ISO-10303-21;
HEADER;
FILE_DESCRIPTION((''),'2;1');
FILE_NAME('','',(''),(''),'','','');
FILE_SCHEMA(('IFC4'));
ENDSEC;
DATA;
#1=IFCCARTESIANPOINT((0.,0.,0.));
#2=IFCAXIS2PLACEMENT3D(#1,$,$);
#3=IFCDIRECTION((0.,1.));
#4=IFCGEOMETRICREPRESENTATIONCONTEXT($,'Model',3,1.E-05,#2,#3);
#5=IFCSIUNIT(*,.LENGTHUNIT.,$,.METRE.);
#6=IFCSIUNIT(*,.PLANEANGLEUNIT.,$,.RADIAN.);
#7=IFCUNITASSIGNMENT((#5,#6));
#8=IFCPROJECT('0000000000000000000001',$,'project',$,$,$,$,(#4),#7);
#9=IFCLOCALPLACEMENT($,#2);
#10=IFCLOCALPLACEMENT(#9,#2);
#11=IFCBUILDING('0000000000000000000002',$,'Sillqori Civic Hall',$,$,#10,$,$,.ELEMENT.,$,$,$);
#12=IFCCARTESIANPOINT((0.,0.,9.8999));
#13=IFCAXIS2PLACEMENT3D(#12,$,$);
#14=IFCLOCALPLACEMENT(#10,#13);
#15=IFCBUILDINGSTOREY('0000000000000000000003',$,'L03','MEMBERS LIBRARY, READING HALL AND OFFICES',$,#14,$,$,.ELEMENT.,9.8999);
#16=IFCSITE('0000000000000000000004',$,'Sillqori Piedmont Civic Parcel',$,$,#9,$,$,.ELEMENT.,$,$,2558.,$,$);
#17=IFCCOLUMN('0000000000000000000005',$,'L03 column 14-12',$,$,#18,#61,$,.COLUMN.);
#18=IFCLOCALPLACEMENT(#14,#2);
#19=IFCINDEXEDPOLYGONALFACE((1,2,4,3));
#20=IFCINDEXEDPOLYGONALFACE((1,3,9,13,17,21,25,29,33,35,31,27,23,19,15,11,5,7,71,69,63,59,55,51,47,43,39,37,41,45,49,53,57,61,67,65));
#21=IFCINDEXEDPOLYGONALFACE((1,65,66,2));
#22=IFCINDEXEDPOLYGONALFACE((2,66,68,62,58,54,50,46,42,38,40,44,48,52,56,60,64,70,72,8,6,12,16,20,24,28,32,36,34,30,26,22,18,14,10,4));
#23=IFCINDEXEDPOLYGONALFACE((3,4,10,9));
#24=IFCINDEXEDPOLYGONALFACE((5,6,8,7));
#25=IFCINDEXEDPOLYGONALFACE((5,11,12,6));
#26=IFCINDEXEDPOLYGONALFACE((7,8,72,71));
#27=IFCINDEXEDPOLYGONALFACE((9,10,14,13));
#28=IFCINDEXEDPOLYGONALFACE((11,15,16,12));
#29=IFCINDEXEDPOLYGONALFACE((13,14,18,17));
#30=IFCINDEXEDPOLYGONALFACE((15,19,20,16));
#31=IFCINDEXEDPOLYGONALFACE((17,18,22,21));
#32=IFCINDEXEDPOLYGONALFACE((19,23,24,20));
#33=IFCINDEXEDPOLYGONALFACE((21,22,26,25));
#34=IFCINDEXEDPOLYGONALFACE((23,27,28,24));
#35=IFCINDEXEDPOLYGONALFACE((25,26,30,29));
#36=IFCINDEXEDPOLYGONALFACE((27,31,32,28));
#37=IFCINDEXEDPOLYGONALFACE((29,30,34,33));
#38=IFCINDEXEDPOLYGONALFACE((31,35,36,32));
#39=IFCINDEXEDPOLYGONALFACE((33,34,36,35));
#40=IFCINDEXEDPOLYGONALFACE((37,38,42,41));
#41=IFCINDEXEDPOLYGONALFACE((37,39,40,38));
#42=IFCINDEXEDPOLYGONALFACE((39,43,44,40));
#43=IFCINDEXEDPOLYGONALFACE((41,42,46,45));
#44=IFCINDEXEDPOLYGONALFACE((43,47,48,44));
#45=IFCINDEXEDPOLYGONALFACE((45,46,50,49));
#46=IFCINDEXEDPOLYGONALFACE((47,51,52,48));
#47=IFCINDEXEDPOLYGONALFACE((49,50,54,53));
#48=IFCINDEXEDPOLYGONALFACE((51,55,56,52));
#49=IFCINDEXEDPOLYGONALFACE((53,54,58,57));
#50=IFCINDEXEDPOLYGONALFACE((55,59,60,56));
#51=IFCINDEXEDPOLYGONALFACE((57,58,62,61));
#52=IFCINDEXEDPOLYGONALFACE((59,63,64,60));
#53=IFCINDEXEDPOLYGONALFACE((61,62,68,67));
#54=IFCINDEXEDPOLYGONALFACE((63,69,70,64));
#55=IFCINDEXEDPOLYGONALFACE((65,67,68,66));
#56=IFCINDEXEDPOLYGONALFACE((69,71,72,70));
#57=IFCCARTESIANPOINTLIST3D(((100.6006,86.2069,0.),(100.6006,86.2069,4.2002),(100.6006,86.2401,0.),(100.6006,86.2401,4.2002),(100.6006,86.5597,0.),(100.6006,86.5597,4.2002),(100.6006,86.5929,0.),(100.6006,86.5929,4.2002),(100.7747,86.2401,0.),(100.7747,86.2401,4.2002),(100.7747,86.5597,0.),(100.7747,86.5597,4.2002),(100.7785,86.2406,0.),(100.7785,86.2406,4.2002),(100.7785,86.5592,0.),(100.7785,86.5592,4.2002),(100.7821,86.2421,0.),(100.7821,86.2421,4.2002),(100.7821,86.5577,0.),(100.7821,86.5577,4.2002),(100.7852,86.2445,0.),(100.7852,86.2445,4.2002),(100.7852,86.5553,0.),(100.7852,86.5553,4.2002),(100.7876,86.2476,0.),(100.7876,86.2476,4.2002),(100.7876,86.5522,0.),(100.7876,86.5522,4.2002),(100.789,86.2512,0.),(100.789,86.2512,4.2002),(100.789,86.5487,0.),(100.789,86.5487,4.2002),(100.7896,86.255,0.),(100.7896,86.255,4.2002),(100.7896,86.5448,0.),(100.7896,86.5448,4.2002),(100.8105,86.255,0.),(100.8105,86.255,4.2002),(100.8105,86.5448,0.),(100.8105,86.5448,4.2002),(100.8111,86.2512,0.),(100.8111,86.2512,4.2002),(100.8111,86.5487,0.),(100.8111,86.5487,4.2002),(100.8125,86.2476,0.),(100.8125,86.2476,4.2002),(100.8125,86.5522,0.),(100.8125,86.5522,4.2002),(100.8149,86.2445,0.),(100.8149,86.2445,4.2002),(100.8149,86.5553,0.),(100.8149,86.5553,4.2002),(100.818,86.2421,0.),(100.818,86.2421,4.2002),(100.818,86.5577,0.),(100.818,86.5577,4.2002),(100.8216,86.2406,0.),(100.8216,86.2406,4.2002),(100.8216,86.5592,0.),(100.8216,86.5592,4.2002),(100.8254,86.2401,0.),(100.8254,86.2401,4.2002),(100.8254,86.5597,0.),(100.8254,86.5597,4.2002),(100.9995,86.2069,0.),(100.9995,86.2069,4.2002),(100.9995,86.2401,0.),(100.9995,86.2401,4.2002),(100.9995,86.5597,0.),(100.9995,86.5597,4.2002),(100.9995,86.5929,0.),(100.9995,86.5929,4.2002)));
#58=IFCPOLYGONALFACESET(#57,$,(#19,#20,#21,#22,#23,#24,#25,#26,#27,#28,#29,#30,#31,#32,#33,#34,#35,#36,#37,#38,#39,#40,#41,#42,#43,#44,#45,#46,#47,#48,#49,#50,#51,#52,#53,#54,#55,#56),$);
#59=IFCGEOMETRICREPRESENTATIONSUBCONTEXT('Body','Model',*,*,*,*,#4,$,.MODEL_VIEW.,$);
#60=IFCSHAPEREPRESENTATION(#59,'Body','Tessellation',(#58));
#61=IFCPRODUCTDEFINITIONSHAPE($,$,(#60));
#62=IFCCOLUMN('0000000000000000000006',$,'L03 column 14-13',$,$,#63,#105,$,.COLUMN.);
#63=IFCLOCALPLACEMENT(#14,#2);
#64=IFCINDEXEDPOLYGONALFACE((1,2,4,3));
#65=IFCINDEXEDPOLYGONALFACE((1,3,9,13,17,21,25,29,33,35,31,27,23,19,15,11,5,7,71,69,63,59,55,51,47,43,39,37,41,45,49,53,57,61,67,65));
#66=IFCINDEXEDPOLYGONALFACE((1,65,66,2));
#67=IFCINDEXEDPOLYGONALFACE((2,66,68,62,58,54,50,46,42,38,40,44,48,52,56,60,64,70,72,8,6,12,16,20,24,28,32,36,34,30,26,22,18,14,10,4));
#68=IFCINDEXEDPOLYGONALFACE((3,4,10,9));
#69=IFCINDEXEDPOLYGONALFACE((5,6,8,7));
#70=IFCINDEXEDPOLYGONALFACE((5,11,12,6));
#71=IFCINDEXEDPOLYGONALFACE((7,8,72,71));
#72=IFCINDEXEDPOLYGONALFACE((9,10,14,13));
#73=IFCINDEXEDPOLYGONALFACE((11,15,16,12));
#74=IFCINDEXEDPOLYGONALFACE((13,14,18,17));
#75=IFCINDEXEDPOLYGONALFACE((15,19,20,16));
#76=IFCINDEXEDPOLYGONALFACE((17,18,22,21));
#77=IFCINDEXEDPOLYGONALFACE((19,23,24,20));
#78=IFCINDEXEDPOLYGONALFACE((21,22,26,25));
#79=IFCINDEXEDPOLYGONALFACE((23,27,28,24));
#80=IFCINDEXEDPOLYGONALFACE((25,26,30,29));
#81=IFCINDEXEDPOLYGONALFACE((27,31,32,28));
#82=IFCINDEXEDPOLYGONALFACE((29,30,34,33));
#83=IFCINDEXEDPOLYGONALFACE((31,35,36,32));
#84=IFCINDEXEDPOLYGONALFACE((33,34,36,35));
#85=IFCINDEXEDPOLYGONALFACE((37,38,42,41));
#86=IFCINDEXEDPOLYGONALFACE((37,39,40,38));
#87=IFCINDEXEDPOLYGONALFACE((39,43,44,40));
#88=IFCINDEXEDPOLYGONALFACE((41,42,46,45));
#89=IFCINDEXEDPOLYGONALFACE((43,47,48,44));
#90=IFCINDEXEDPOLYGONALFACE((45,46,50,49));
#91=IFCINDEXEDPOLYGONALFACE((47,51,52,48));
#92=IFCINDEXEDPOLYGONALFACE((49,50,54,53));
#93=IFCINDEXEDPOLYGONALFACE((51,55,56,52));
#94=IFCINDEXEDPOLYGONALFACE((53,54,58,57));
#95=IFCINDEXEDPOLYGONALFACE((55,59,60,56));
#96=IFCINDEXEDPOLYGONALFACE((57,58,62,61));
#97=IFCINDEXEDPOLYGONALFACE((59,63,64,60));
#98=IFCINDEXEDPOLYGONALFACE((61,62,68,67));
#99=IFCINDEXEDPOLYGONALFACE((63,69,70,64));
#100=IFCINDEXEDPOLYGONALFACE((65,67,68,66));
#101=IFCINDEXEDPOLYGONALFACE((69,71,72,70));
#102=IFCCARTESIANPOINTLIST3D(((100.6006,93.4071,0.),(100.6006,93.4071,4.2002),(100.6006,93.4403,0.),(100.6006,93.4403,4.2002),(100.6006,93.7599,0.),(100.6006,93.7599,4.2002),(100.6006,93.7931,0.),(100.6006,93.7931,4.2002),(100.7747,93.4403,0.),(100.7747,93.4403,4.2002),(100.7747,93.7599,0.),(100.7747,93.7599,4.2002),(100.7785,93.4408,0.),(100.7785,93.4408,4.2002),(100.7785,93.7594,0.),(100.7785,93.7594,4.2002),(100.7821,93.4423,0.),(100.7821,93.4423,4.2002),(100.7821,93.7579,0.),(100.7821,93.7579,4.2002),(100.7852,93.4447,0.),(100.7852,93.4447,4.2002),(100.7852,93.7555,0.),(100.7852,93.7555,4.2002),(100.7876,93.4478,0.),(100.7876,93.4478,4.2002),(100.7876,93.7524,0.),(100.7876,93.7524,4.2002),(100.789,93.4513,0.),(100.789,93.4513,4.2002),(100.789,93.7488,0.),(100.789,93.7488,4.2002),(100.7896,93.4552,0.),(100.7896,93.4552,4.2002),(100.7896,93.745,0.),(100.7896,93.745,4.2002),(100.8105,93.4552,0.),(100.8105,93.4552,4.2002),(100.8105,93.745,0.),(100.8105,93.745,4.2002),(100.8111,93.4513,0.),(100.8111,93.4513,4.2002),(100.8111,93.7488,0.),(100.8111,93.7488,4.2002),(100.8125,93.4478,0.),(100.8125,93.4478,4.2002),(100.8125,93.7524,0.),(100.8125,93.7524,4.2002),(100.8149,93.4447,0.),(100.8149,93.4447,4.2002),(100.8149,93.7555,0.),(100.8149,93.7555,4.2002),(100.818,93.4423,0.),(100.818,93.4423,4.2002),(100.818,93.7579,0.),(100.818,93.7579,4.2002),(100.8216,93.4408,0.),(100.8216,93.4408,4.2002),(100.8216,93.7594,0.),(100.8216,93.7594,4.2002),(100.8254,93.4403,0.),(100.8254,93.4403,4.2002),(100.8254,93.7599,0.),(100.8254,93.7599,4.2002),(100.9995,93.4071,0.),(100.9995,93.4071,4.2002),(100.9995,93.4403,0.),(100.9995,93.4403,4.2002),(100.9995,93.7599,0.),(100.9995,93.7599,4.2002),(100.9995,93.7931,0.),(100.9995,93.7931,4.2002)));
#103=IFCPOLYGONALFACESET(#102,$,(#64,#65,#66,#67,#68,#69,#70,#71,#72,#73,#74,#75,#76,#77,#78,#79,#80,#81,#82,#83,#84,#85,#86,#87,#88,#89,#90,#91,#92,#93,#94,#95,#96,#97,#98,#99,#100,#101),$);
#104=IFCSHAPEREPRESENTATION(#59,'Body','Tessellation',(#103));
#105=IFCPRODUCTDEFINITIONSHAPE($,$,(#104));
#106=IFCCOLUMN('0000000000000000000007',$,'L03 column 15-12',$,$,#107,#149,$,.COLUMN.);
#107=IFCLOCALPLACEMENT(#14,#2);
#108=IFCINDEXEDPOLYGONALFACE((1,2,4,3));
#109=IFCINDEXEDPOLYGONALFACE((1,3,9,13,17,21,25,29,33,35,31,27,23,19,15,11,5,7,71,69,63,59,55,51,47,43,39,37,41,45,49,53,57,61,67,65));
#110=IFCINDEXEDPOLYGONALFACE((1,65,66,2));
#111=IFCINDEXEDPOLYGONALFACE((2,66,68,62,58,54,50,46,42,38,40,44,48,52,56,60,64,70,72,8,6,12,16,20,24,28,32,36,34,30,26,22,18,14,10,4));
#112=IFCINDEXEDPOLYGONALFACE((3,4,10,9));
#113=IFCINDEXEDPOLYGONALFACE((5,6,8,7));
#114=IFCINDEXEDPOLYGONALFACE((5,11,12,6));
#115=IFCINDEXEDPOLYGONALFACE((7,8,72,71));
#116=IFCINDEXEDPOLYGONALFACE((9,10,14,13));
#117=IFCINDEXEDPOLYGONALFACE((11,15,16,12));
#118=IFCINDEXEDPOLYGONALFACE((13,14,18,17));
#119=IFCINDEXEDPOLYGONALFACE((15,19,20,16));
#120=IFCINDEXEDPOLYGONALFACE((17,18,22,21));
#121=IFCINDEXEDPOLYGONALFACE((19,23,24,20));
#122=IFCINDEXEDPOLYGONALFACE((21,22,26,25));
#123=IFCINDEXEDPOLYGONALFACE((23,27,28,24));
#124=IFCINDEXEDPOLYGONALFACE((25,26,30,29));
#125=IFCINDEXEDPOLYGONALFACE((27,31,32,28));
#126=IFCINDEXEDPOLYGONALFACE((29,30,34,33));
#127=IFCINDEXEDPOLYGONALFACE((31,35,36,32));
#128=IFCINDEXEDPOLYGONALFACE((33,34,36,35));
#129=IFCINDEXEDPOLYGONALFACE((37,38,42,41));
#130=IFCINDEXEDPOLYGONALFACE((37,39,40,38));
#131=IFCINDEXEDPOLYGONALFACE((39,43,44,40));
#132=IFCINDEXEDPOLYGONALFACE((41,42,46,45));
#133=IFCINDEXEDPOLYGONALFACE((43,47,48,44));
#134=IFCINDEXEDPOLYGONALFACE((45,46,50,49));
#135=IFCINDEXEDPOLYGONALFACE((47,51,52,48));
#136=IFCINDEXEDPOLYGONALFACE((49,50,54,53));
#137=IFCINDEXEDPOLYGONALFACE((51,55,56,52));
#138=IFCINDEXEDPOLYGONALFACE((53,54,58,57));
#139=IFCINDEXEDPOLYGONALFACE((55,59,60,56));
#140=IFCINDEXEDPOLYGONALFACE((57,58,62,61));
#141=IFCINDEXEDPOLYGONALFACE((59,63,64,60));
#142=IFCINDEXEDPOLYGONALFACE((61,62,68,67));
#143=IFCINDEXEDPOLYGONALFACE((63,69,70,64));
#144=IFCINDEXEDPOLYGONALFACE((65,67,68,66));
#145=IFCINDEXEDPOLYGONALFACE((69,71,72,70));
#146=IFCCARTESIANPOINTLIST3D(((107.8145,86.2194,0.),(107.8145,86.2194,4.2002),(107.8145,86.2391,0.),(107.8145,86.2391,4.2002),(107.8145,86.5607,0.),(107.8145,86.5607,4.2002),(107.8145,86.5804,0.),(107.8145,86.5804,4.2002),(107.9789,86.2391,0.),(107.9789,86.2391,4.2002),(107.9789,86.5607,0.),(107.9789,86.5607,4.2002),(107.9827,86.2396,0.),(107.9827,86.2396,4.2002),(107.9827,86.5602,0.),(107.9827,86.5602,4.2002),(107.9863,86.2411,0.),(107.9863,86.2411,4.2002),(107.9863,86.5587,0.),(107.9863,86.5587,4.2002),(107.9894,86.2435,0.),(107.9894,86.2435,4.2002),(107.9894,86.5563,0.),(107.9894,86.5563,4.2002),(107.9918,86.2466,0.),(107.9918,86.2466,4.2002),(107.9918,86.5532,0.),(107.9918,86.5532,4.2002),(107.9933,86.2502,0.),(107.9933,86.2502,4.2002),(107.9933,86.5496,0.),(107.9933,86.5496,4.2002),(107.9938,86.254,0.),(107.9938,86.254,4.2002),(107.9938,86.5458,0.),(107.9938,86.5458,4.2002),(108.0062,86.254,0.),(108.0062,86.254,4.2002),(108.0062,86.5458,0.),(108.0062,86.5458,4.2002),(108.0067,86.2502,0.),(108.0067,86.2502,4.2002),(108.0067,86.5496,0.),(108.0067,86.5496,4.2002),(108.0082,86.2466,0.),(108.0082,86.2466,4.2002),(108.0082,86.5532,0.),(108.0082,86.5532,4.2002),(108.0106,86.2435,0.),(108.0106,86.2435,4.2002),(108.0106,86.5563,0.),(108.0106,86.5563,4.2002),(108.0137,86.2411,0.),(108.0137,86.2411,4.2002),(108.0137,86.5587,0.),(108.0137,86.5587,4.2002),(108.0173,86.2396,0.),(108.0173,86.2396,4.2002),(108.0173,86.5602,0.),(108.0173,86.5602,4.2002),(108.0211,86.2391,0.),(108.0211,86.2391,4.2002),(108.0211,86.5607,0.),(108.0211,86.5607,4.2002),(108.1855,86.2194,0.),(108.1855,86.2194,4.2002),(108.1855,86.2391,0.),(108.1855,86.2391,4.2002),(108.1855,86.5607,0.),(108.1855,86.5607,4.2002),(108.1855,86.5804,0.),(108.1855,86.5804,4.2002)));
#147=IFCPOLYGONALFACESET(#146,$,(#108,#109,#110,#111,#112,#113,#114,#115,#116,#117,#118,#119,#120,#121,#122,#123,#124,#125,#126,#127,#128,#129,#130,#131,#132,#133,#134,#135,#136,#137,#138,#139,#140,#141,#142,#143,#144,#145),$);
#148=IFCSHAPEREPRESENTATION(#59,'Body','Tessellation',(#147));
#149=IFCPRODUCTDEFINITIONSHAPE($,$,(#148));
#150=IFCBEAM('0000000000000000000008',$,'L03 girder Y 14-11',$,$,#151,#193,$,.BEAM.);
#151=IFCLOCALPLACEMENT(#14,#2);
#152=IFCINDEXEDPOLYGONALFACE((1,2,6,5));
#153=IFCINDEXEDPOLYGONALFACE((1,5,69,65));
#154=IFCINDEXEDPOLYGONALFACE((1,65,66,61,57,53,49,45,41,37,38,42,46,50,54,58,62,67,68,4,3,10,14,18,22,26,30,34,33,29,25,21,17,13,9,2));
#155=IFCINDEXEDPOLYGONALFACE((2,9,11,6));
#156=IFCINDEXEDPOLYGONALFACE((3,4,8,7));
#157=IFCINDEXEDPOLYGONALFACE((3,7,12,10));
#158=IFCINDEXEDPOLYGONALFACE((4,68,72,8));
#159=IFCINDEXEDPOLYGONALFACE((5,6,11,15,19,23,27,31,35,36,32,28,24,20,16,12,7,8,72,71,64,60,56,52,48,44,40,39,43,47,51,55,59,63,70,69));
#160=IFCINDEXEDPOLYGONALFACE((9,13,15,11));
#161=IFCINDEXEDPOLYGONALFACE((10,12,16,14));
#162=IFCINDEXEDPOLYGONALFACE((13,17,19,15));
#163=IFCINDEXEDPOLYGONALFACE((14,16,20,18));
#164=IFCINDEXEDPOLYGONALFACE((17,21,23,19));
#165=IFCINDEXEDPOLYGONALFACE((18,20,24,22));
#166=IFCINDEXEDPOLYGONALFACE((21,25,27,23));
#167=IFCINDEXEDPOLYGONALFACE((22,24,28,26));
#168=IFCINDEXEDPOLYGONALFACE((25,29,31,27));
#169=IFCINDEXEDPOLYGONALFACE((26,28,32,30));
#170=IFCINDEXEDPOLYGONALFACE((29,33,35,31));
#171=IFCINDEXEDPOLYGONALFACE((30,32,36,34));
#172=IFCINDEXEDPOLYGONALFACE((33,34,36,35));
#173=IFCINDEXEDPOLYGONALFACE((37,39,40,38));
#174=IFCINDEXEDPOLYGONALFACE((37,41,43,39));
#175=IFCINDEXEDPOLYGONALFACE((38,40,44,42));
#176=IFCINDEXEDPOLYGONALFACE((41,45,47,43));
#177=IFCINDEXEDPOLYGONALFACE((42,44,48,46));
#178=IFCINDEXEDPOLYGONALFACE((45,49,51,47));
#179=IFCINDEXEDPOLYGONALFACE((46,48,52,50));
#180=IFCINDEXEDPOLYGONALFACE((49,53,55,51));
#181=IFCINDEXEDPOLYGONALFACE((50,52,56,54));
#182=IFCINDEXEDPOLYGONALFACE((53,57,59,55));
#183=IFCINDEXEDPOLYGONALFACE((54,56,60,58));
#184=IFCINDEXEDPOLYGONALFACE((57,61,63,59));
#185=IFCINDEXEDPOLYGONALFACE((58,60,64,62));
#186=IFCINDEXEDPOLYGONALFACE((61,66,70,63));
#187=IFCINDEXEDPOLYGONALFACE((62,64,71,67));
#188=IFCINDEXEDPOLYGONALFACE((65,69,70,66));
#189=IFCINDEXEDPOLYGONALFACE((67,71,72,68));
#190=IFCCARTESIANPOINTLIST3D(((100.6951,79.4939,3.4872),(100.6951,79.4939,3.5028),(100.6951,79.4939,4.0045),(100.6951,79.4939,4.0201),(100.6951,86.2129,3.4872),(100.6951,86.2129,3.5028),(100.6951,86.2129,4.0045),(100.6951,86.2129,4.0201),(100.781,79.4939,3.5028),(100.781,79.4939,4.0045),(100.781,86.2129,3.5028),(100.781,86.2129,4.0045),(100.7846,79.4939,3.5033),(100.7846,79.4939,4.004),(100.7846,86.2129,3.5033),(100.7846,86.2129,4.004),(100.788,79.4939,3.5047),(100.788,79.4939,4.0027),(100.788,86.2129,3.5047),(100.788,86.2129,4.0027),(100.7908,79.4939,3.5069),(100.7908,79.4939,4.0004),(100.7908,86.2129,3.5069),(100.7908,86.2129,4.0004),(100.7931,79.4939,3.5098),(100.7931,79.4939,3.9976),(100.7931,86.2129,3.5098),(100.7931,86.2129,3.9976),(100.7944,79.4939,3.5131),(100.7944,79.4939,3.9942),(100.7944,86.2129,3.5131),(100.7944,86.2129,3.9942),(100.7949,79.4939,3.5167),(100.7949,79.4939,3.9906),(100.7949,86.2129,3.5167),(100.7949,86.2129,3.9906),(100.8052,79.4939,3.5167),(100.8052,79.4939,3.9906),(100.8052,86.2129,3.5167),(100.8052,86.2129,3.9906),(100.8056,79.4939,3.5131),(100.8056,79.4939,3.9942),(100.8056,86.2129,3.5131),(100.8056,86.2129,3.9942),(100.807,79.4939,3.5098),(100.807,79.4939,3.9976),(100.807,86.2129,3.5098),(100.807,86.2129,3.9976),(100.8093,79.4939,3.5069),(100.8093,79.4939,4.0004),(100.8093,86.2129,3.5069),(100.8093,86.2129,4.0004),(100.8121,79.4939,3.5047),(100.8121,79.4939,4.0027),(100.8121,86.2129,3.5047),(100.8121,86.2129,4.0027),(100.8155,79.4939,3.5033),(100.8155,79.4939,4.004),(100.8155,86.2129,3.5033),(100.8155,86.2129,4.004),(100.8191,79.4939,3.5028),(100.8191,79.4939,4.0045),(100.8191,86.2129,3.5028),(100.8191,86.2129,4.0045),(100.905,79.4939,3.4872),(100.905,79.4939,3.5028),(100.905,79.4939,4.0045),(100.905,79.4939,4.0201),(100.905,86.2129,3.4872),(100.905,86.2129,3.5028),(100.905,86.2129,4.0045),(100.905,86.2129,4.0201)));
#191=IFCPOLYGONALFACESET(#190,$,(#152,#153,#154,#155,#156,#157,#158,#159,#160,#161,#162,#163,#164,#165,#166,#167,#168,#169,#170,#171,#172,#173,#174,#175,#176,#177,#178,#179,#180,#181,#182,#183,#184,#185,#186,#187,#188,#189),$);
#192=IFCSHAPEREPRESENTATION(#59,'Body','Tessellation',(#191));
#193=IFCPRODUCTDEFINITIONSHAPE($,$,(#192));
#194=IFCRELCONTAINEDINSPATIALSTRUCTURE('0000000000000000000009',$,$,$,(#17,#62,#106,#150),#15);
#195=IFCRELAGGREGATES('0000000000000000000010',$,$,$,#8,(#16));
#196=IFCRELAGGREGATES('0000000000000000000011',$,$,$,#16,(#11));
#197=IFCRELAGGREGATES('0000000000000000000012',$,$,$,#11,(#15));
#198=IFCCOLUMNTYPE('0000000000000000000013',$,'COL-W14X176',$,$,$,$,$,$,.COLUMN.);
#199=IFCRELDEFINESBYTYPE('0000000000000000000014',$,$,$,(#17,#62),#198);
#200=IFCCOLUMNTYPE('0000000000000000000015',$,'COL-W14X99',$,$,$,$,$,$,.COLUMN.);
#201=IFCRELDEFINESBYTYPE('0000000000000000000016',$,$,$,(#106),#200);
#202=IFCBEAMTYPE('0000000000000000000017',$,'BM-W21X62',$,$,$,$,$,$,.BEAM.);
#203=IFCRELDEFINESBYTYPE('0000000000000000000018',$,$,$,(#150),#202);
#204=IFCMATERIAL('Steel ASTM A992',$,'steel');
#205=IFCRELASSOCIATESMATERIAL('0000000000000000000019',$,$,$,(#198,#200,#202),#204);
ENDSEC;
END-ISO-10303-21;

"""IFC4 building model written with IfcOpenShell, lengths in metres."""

from ifc_helpers import new_model, si_unit, direction, frame, origin, origin_2d, place, context, subcontext, project, spatial, i_section, extrude, material, material_profile, profile_set, type_object, element, save


model = new_model("IFC4")

# Units and contexts
model_context = context("Model", 3, precision=1e-05, world=origin(), true_north=direction((0.0, 1.0)))
body_context = subcontext(model_context, "Body", "Model", "MODEL_VIEW")
ifc_project = project(units=[si_unit("LENGTHUNIT", "METRE"), si_unit("PLANEANGLEUNIT", "RADIAN")], contexts=[model_context])

# Site, building, storey
site_placement = place(None, origin())
site = spatial("IfcSite", under=ifc_project, at=site_placement, Name="Sillqori Piedmont Civic Parcel", CompositionType="ELEMENT", RefElevation=2558.0)
building_placement = place(site_placement, origin())
building = spatial("IfcBuilding", under=site, at=building_placement, Name="Sillqori Civic Hall", CompositionType="ELEMENT")
storey_placement = place(building_placement, frame((0.0, 0.0, 9.8999)))
storey = spatial("IfcBuildingStorey", under=building, at=storey_placement, Name="L03", Description="MEMBERS LIBRARY, READING HALL AND OFFICES", CompositionType="ELEMENT", Elevation=9.8999)

# Columns
ifc_material_1 = material(Name="Steel ASTM A992", Category="steel")
ifc_material_profile_1 = material_profile(ifc_material_1, i_section(OverallWidth=0.3989, OverallDepth=0.386, WebThickness=0.021, FlangeThickness=0.0332, FilletRadius=0.0149, at=origin_2d()), Name="W14X176")
ifc_profile_set_1 = profile_set([ifc_material_profile_1], Name="Steel ASTM A992")
column_type_1 = type_object("IfcColumnType", Name="COL-W14X176", PredefinedType="COLUMN", material=ifc_profile_set_1)
for number, where, z_axis, x_axis, name in (
    (1, (100.8, 86.3999, 0.0), (0.0, 0.0, 1.0), (1.0, 0.0, 0.0), "L03 column 14-12"),
    (2, (100.8, 93.6001, 0.0), (0.0, 0.0, 1.0), (1.0, 0.0, 0.0), "L03 column 14-13"),
):
    element("IfcColumn", number, at=place(storey_placement, frame(where, z_axis=z_axis, x_axis=x_axis)), inside=storey, type_object=column_type_1, Name=name, PredefinedType="COLUMN", context=body_context, shape_type="SweptSolid", body=[
        extrude(i_section(OverallWidth=0.3989, OverallDepth=0.386, WebThickness=0.021, FlangeThickness=0.0332, FilletRadius=0.0149, at=origin_2d()), origin(), (0.0, 0.0, 1.0), 4.2002),
    ])
ifc_material_profile_2 = material_profile(ifc_material_1, i_section(OverallWidth=0.3711, OverallDepth=0.3611, WebThickness=0.0125, FlangeThickness=0.0198, FilletRadius=0.0149, at=origin_2d()), Name="W14X99")
ifc_profile_set_2 = profile_set([ifc_material_profile_2], Name="Steel ASTM A992")
column_type_2 = type_object("IfcColumnType", Name="COL-W14X99", PredefinedType="COLUMN", material=ifc_profile_set_2)
column_placement = place(storey_placement, frame((108.0, 86.3999, 0.0), z_axis=(0.0, 0.0, 1.0), x_axis=(1.0, 0.0, 0.0)))
element("IfcColumn", 3, at=column_placement, inside=storey, type_object=column_type_2, Name="L03 column 15-12", PredefinedType="COLUMN", context=body_context, shape_type="SweptSolid", body=[
    extrude(i_section(OverallWidth=0.3711, OverallDepth=0.3611, WebThickness=0.0125, FlangeThickness=0.0198, FilletRadius=0.0149, at=origin_2d()), origin(), (0.0, 0.0, 1.0), 4.2002),
])

# Beam
ifc_material_profile_3 = material_profile(ifc_material_1, i_section(OverallWidth=0.21, OverallDepth=0.533, WebThickness=0.0103, FlangeThickness=0.0156, FilletRadius=0.0139, at=origin_2d()), Name="W21X62")
ifc_profile_set_3 = profile_set([ifc_material_profile_3], Name="Steel ASTM A992")
beam_type_1 = type_object("IfcBeamType", Name="BM-W21X62", PredefinedType="BEAM", material=ifc_profile_set_3)
beam_1_placement = place(storey_placement, frame((100.8, 79.4939, 3.7537), z_axis=(0.0, 1.0, 0.0), x_axis=(-1.0, 0.0, 0.0)))
element("IfcBeam", 4, at=beam_1_placement, inside=storey, type_object=beam_type_1, Name="L03 girder Y 14-11", PredefinedType="BEAM", context=body_context, shape_type="SweptSolid", body=[
    extrude(i_section(OverallWidth=0.21, OverallDepth=0.533, WebThickness=0.0103, FlangeThickness=0.0156, FilletRadius=0.0139, at=origin_2d()), origin(), (0.0, 0.0, 1.0), 6.719),
])

save(model, "model.ifc")
